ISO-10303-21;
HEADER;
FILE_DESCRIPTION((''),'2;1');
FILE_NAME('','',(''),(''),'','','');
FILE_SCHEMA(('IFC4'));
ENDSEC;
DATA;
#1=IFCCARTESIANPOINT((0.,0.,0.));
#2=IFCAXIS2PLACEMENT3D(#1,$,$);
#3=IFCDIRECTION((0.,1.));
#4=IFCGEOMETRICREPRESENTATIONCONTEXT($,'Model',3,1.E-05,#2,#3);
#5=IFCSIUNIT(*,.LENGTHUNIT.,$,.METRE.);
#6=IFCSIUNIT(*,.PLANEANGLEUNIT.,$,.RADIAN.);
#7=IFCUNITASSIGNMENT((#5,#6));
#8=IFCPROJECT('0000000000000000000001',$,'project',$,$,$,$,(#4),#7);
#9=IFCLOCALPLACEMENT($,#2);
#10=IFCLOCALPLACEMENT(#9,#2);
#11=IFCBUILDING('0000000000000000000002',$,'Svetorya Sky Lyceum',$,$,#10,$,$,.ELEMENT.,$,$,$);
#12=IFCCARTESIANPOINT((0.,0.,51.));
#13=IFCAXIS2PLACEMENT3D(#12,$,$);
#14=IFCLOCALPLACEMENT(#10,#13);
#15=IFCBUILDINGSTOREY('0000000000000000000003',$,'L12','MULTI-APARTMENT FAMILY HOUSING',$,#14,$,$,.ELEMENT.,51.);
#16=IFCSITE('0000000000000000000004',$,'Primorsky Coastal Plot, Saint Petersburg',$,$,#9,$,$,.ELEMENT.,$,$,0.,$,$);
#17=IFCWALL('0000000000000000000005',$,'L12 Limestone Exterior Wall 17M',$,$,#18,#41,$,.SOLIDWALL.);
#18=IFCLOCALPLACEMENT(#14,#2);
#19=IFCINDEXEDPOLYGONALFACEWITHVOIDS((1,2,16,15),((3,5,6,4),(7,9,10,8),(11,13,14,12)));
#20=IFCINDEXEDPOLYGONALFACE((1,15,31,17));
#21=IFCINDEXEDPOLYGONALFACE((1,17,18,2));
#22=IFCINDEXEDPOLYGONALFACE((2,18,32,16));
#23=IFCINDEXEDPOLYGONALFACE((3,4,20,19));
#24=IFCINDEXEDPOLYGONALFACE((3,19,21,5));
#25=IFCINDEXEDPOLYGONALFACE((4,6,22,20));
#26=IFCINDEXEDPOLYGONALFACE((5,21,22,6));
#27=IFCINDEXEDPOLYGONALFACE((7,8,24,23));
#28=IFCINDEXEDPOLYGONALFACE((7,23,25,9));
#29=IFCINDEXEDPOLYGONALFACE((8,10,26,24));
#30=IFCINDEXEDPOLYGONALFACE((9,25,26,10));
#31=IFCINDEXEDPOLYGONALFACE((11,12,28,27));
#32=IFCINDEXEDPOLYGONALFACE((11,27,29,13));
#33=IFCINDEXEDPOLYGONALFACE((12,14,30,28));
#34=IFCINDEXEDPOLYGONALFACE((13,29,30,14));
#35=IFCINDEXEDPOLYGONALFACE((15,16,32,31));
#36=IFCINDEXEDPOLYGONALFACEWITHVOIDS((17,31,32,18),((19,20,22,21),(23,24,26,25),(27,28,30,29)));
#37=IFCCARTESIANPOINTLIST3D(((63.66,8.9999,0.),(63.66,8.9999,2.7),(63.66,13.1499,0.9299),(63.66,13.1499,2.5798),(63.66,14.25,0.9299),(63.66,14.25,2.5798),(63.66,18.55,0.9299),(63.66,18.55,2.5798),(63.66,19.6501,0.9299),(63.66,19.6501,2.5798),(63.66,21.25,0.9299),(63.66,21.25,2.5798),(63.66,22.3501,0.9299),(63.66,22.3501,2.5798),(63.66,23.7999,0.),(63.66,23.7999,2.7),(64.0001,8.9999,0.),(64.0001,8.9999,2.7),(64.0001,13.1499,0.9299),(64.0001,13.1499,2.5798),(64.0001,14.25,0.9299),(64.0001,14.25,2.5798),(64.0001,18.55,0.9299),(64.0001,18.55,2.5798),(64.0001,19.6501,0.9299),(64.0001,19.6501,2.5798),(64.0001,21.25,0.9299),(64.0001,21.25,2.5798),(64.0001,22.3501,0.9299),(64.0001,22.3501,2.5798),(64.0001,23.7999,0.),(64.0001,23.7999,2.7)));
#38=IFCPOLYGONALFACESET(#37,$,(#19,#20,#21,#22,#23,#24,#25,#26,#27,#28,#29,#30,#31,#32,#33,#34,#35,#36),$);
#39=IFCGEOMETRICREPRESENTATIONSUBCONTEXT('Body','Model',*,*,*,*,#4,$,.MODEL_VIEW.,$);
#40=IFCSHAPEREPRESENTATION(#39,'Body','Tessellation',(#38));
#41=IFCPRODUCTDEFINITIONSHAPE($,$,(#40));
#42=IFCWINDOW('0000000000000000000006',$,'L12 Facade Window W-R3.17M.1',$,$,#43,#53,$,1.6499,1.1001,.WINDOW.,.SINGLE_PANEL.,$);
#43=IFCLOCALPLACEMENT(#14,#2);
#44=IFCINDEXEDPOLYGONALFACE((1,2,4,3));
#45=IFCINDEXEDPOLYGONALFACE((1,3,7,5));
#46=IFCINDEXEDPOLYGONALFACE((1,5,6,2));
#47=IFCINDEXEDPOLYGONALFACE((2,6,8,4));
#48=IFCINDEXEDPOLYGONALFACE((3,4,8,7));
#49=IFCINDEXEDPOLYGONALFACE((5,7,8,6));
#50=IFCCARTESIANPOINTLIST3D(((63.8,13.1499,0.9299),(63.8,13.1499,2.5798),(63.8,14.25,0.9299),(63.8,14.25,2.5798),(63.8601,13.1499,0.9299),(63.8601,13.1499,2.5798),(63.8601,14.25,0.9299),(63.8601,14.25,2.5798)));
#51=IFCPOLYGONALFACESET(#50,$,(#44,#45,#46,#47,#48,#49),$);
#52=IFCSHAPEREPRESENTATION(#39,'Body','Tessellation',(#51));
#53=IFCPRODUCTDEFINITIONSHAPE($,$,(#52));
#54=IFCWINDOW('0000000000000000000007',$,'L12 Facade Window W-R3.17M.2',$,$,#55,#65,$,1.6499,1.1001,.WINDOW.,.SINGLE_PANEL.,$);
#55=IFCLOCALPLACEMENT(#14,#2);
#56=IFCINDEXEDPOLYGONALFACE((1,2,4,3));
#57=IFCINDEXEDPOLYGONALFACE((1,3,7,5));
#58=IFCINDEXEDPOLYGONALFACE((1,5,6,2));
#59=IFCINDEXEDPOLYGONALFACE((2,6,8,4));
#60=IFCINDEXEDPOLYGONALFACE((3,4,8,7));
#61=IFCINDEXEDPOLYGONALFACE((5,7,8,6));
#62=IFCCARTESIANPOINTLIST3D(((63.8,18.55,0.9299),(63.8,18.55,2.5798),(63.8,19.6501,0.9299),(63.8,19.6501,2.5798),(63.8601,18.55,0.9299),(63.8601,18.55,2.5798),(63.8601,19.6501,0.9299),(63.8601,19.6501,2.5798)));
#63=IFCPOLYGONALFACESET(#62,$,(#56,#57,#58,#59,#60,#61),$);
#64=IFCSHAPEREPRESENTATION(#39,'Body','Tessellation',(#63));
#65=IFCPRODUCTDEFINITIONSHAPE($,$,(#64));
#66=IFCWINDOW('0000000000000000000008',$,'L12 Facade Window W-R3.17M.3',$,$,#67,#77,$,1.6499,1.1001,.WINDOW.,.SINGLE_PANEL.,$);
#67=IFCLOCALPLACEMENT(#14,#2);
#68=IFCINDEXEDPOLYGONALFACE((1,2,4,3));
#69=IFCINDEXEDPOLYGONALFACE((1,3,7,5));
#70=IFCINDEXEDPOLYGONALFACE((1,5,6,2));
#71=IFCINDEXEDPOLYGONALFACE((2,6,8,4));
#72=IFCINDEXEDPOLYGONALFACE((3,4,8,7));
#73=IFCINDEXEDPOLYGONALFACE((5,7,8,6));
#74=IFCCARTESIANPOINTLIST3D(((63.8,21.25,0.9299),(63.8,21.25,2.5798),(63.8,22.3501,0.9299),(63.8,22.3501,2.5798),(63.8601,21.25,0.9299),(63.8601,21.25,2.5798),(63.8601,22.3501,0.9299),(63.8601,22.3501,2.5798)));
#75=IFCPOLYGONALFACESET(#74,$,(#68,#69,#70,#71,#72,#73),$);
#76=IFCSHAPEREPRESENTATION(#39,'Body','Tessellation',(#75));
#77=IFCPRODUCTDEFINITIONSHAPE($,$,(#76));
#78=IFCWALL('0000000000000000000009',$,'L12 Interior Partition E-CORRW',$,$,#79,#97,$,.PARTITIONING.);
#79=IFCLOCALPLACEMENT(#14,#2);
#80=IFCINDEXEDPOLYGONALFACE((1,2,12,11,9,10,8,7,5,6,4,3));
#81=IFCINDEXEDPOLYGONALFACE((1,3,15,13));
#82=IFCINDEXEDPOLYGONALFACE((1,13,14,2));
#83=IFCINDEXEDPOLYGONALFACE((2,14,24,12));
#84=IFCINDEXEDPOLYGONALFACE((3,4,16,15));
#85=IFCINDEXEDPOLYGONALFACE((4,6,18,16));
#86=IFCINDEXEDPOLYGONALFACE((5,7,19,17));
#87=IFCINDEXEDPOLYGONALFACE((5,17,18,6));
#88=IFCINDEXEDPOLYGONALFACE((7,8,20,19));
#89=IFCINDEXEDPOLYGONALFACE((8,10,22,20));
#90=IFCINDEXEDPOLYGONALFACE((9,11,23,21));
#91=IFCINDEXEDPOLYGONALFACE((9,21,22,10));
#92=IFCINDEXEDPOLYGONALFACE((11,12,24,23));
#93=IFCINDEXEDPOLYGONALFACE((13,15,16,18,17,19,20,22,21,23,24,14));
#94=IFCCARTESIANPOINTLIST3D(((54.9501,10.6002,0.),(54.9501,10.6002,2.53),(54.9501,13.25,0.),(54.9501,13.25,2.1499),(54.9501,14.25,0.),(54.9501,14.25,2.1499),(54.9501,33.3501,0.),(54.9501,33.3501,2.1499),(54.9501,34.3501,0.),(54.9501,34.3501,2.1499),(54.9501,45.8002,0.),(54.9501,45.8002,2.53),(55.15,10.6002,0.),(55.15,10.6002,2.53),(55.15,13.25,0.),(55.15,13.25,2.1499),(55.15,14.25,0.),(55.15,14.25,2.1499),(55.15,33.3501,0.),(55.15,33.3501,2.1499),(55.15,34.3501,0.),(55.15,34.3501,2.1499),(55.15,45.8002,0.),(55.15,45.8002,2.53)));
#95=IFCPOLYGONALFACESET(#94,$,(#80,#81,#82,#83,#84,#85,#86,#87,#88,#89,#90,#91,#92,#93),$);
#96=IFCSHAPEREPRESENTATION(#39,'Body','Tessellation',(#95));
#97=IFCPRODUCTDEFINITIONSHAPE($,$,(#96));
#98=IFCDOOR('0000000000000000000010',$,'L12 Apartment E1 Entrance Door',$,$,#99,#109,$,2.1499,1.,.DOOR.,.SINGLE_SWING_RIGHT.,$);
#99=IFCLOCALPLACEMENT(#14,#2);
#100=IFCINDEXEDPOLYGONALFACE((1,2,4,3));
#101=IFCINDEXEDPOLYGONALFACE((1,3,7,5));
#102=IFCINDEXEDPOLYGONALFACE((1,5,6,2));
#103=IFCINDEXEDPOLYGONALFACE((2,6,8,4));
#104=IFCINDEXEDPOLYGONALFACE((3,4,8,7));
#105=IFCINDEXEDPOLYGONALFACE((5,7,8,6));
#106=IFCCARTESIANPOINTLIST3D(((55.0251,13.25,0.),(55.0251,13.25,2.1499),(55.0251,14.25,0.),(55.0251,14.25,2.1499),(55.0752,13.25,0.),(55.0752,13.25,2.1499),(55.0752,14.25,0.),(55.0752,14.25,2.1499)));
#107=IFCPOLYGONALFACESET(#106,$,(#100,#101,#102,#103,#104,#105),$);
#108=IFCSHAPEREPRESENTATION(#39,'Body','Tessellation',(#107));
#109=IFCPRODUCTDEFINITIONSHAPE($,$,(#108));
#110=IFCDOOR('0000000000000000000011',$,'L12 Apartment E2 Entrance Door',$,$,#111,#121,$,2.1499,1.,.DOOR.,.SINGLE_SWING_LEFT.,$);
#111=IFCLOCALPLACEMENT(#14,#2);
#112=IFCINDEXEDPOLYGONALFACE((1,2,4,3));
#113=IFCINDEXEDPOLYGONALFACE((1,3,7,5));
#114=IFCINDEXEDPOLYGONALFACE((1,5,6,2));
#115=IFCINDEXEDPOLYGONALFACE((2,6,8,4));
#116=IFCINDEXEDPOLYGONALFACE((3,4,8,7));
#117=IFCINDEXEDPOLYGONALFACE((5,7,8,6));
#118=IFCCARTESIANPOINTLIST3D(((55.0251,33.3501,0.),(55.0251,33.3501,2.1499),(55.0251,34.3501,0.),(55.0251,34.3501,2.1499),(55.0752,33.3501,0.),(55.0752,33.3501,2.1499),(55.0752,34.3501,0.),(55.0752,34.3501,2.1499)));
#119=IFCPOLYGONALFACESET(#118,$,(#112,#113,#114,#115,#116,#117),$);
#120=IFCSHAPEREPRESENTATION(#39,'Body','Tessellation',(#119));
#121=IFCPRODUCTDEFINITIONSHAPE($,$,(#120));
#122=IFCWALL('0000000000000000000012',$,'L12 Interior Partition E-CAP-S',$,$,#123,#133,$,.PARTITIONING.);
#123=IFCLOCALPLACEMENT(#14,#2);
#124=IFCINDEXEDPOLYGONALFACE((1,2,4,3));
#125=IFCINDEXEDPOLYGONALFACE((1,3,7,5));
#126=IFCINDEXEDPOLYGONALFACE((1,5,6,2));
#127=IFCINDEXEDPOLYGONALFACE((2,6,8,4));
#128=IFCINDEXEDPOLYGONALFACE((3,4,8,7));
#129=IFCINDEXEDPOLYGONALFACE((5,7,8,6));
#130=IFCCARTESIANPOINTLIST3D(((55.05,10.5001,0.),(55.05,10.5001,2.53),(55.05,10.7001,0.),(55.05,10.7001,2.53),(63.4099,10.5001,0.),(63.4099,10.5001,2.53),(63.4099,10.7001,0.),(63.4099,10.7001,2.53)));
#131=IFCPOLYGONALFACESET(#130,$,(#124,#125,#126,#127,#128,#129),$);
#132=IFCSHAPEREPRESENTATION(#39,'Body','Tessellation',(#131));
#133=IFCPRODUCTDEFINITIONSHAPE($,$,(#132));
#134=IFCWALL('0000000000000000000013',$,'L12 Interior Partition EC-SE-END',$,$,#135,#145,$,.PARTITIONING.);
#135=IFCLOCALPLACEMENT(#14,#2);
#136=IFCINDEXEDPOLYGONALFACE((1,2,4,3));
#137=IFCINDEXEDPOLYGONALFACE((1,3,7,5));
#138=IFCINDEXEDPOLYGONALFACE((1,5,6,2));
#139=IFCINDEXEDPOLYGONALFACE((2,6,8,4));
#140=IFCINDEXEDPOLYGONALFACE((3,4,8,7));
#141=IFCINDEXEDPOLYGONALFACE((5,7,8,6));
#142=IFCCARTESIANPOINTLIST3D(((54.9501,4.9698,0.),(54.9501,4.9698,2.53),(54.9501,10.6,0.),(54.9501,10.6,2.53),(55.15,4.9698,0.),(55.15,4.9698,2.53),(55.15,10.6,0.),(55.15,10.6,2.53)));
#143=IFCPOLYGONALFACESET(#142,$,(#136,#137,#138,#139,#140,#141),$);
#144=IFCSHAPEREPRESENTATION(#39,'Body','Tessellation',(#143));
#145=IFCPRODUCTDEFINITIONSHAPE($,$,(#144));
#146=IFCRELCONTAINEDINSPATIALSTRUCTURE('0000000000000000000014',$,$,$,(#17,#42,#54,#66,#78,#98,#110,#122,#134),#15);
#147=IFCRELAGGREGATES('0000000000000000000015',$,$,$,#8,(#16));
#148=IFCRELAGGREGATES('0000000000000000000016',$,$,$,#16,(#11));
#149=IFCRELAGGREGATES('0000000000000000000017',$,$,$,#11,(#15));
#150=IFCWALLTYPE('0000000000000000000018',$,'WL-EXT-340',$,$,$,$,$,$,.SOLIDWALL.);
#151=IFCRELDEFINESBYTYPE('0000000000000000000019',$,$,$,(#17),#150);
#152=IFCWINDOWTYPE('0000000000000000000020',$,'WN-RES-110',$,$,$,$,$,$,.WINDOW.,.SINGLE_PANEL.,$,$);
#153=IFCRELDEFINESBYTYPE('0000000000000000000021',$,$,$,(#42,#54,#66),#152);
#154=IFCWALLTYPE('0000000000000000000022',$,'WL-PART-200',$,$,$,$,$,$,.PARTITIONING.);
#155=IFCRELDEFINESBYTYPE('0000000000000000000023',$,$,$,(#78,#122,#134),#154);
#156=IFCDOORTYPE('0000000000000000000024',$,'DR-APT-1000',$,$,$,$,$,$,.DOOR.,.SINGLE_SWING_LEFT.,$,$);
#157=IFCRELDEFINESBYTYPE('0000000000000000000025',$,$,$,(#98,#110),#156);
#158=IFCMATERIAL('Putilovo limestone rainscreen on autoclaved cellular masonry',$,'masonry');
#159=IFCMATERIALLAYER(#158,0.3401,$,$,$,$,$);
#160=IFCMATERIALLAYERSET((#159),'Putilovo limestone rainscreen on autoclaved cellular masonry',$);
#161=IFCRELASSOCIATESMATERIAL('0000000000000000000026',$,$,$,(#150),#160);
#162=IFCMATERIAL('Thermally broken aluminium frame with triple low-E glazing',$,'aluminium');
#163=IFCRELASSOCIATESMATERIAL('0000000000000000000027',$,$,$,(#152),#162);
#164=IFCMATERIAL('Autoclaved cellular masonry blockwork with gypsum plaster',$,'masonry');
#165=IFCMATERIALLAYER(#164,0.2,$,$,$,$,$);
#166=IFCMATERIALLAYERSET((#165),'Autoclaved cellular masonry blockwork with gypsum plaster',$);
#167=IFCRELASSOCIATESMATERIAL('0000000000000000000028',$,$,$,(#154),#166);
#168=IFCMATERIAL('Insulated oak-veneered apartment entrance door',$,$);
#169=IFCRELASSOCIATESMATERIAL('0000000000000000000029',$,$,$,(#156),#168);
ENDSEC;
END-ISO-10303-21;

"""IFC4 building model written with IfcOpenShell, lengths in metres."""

from ifc_helpers import new_model, si_unit, direction, frame, frame_2d, origin, place, context, subcontext, project, spatial, rectangle, extrude, material, layer, layer_set, type_object, element, fill, save


model = new_model("IFC4")

# Units and contexts
model_context = context("Model", 3, precision=1e-05, world=origin(), true_north=direction((0.0, 1.0)))
body_context = subcontext(model_context, "Body", "Model", "MODEL_VIEW")
ifc_project = project(units=[si_unit("LENGTHUNIT", "METRE"), si_unit("PLANEANGLEUNIT", "RADIAN")], contexts=[model_context])

# Site, building, storey
site_placement = place(None, origin())
site = spatial("IfcSite", under=ifc_project, at=site_placement, Name="Primorsky Coastal Plot, Saint Petersburg", CompositionType="ELEMENT", RefElevation=0.0)
building_placement = place(site_placement, origin())
building = spatial("IfcBuilding", under=site, at=building_placement, Name="Svetorya Sky Lyceum", CompositionType="ELEMENT")
storey_placement = place(building_placement, frame((0.0, 0.0, 51.0)))
storey = spatial("IfcBuildingStorey", under=building, at=storey_placement, Name="L12", Description="MULTI-APARTMENT FAMILY HOUSING", CompositionType="ELEMENT", Elevation=51.0)

# Shared definitions
ifc_material_1 = material(Name="Putilovo limestone rainscreen on autoclaved cellular masonry", Category="masonry")
ifc_layer_1 = layer(ifc_material_1, 0.3401)
ifc_layer_set_1 = layer_set([ifc_layer_1], Name="Putilovo limestone rainscreen on autoclaved cellular masonry")
wall_type_1 = type_object("IfcWallType", Name="WL-EXT-340", PredefinedType="SOLIDWALL", material=ifc_layer_set_1)

# Wall, openings, windows
wall_1_placement = place(storey_placement, frame((63.8301, 9.0, 0.0), z_axis=(0.0, 0.0, 1.0), x_axis=(0.0, 1.0, 0.0)))
wall_1 = element("IfcWall", 1, at=wall_1_placement, inside=storey, type_object=wall_type_1, Name="L12 Limestone Exterior Wall 17M", PredefinedType="SOLIDWALL", context=body_context, shape_type="SweptSolid", body=[
    extrude(rectangle(XDim=14.8, YDim=0.3401, at=frame_2d((7.3999, 0.0))), origin(), (0.0, 0.0, 1.0), 2.7),
])
opening_1_placement = place(wall_1_placement, frame((4.1499, 0.0, 0.9299)))
opening_1 = element("IfcOpeningElement", 2, at=opening_1_placement, cuts=wall_1, PredefinedType="OPENING", context=body_context, shape_type="SweptSolid", body=[
    extrude(rectangle(XDim=1.1001, YDim=1.6499, at=frame_2d((0.55, 0.825))), frame((0.0, 0.1799, 0.0), z_axis=(0.0, -1.0, 0.0), x_axis=(1.0, 0.0, 0.0)), (0.0, 0.0, 1.0), 0.3601),
])
opening_2_placement = place(wall_1_placement, frame((9.55, 0.0, 0.9299)))
opening_2 = element("IfcOpeningElement", 3, at=opening_2_placement, cuts=wall_1, PredefinedType="OPENING", context=body_context, shape_type="SweptSolid", body=[
    extrude(rectangle(XDim=1.1001, YDim=1.6499, at=frame_2d((0.55, 0.825))), frame((0.0, 0.1799, 0.0), z_axis=(0.0, -1.0, 0.0), x_axis=(1.0, 0.0, 0.0)), (0.0, 0.0, 1.0), 0.3601),
])
opening_3_placement = place(wall_1_placement, frame((12.25, 0.0, 0.9299)))
opening_3 = element("IfcOpeningElement", 4, at=opening_3_placement, cuts=wall_1, PredefinedType="OPENING", context=body_context, shape_type="SweptSolid", body=[
    extrude(rectangle(XDim=1.1001, YDim=1.6499, at=frame_2d((0.55, 0.825))), frame((0.0, 0.1799, 0.0), z_axis=(0.0, -1.0, 0.0), x_axis=(1.0, 0.0, 0.0)), (0.0, 0.0, 1.0), 0.3601),
])
ifc_material_2 = material(Name="Thermally broken aluminium frame with triple low-E glazing", Category="aluminium")
window_type = type_object("IfcWindowType", Name="WN-RES-110", PartitioningType="SINGLE_PANEL", PredefinedType="WINDOW", material=ifc_material_2)
window_1_placement = place(opening_1_placement, origin())
window_1 = element("IfcWindow", 5, at=window_1_placement, inside=storey, type_object=window_type, Name="L12 Facade Window W-R3.17M.1", OverallHeight=1.6499, OverallWidth=1.1001, PartitioningType="SINGLE_PANEL", PredefinedType="WINDOW", context=body_context, shape_type="SweptSolid", body=[
    extrude(rectangle(XDim=1.1001, YDim=1.6499, at=frame_2d((0.55, 0.825))), frame((0.0, 0.03, 0.0), z_axis=(0.0, -1.0, 0.0), x_axis=(1.0, 0.0, 0.0)), (0.0, 0.0, 1.0), 0.0601),
])
fill(opening_1, window_1)
window_2_placement = place(opening_2_placement, origin())
window_2 = element("IfcWindow", 6, at=window_2_placement, inside=storey, type_object=window_type, Name="L12 Facade Window W-R3.17M.2", OverallHeight=1.6499, OverallWidth=1.1001, PartitioningType="SINGLE_PANEL", PredefinedType="WINDOW", context=body_context, shape_type="SweptSolid", body=[
    extrude(rectangle(XDim=1.1001, YDim=1.6499, at=frame_2d((0.55, 0.825))), frame((0.0, 0.03, 0.0), z_axis=(0.0, -1.0, 0.0), x_axis=(1.0, 0.0, 0.0)), (0.0, 0.0, 1.0), 0.0601),
])
fill(opening_2, window_2)
window_3_placement = place(opening_3_placement, origin())
window_3 = element("IfcWindow", 7, at=window_3_placement, inside=storey, type_object=window_type, Name="L12 Facade Window W-R3.17M.3", OverallHeight=1.6499, OverallWidth=1.1001, PartitioningType="SINGLE_PANEL", PredefinedType="WINDOW", context=body_context, shape_type="SweptSolid", body=[
    extrude(rectangle(XDim=1.1001, YDim=1.6499, at=frame_2d((0.55, 0.825))), frame((0.0, 0.03, 0.0), z_axis=(0.0, -1.0, 0.0), x_axis=(1.0, 0.0, 0.0)), (0.0, 0.0, 1.0), 0.0601),
])
fill(opening_3, window_3)

# Wall, openings, doors
ifc_material_3 = material(Name="Autoclaved cellular masonry blockwork with gypsum plaster", Category="masonry")
ifc_layer_2 = layer(ifc_material_3, 0.2)
ifc_layer_set_2 = layer_set([ifc_layer_2], Name="Autoclaved cellular masonry blockwork with gypsum plaster")
wall_type_2 = type_object("IfcWallType", Name="WL-PART-200", PredefinedType="PARTITIONING", material=ifc_layer_set_2)
wall_2_placement = place(storey_placement, frame((55.05, 10.6001, 0.0), z_axis=(0.0, 0.0, 1.0), x_axis=(0.0, 1.0, 0.0)))
wall_2 = element("IfcWall", 8, at=wall_2_placement, inside=storey, type_object=wall_type_2, Name="L12 Interior Partition E-CORRW", PredefinedType="PARTITIONING", context=body_context, shape_type="SweptSolid", body=[
    extrude(rectangle(XDim=35.2, YDim=0.2, at=frame_2d((17.6001, 0.0))), origin(), (0.0, 0.0, 1.0), 2.53),
])
opening_4_placement = place(wall_2_placement, frame((2.6499, 0.0, 0.0)))
opening_4 = element("IfcOpeningElement", 9, at=opening_4_placement, cuts=wall_2, PredefinedType="OPENING", context=body_context, shape_type="SweptSolid", body=[
    extrude(rectangle(XDim=1.0, YDim=2.1499, at=frame_2d((0.5, 1.075))), frame((0.0, 0.1099, 0.0), z_axis=(0.0, -1.0, 0.0), x_axis=(1.0, 0.0, 0.0)), (0.0, 0.0, 1.0), 0.22),
])
opening_5_placement = place(wall_2_placement, frame((22.75, 0.0, 0.0)))
opening_5 = element("IfcOpeningElement", 10, at=opening_5_placement, cuts=wall_2, PredefinedType="OPENING", context=body_context, shape_type="SweptSolid", body=[
    extrude(rectangle(XDim=1.0, YDim=2.1499, at=frame_2d((0.5, 1.075))), frame((0.0, 0.1099, 0.0), z_axis=(0.0, -1.0, 0.0), x_axis=(1.0, 0.0, 0.0)), (0.0, 0.0, 1.0), 0.22),
])
ifc_material_4 = material(Name="Insulated oak-veneered apartment entrance door")
door_type_1 = type_object("IfcDoorType", Name="DR-APT-1000", OperationType="SINGLE_SWING_LEFT", PredefinedType="DOOR", material=ifc_material_4)
door_1_placement = place(opening_4_placement, origin())
door_1 = element("IfcDoor", 11, at=door_1_placement, inside=storey, type_object=door_type_1, Name="L12 Apartment E1 Entrance Door", OperationType="SINGLE_SWING_RIGHT", OverallHeight=2.1499, OverallWidth=1.0, PredefinedType="DOOR", context=body_context, shape_type="SweptSolid", body=[
    extrude(rectangle(XDim=1.0, YDim=2.1499, at=frame_2d((0.5, 1.075))), frame((0.0, 0.0249, 0.0), z_axis=(0.0, -1.0, 0.0), x_axis=(1.0, 0.0, 0.0)), (0.0, 0.0, 1.0), 0.05),
])
fill(opening_4, door_1)
door_2_placement = place(opening_5_placement, origin())
door_2 = element("IfcDoor", 12, at=door_2_placement, inside=storey, type_object=door_type_1, Name="L12 Apartment E2 Entrance Door", OperationType="SINGLE_SWING_LEFT", OverallHeight=2.1499, OverallWidth=1.0, PredefinedType="DOOR", context=body_context, shape_type="SweptSolid", body=[
    extrude(rectangle(XDim=1.0, YDim=2.1499, at=frame_2d((0.5, 1.075))), frame((0.0, 0.0249, 0.0), z_axis=(0.0, -1.0, 0.0), x_axis=(1.0, 0.0, 0.0)), (0.0, 0.0, 1.0), 0.05),
])
fill(opening_5, door_2)

# Walls
wall_3_placement = place(storey_placement, frame((55.05, 10.6001, 0.0), z_axis=(0.0, 0.0, 1.0), x_axis=(1.0, 0.0, 0.0)))
element("IfcWall", 13, at=wall_3_placement, inside=storey, type_object=wall_type_2, Name="L12 Interior Partition E-CAP-S", PredefinedType="PARTITIONING", context=body_context, shape_type="SweptSolid", body=[
    extrude(rectangle(XDim=8.3599, YDim=0.2, at=frame_2d((4.1799, 0.0))), origin(), (0.0, 0.0, 1.0), 2.53),
])
wall_4_placement = place(storey_placement, frame((55.05, 4.97, 0.0), z_axis=(0.0, 0.0, 1.0), x_axis=(0.0, 1.0, 0.0)))
element("IfcWall", 14, at=wall_4_placement, inside=storey, type_object=wall_type_2, Name="L12 Interior Partition EC-SE-END", PredefinedType="PARTITIONING", context=body_context, shape_type="SweptSolid", body=[
    extrude(rectangle(XDim=5.6301, YDim=0.2, at=frame_2d((2.8149, 0.0))), origin(), (0.0, 0.0, 1.0), 2.53),
])

save(model, "model.ifc")
